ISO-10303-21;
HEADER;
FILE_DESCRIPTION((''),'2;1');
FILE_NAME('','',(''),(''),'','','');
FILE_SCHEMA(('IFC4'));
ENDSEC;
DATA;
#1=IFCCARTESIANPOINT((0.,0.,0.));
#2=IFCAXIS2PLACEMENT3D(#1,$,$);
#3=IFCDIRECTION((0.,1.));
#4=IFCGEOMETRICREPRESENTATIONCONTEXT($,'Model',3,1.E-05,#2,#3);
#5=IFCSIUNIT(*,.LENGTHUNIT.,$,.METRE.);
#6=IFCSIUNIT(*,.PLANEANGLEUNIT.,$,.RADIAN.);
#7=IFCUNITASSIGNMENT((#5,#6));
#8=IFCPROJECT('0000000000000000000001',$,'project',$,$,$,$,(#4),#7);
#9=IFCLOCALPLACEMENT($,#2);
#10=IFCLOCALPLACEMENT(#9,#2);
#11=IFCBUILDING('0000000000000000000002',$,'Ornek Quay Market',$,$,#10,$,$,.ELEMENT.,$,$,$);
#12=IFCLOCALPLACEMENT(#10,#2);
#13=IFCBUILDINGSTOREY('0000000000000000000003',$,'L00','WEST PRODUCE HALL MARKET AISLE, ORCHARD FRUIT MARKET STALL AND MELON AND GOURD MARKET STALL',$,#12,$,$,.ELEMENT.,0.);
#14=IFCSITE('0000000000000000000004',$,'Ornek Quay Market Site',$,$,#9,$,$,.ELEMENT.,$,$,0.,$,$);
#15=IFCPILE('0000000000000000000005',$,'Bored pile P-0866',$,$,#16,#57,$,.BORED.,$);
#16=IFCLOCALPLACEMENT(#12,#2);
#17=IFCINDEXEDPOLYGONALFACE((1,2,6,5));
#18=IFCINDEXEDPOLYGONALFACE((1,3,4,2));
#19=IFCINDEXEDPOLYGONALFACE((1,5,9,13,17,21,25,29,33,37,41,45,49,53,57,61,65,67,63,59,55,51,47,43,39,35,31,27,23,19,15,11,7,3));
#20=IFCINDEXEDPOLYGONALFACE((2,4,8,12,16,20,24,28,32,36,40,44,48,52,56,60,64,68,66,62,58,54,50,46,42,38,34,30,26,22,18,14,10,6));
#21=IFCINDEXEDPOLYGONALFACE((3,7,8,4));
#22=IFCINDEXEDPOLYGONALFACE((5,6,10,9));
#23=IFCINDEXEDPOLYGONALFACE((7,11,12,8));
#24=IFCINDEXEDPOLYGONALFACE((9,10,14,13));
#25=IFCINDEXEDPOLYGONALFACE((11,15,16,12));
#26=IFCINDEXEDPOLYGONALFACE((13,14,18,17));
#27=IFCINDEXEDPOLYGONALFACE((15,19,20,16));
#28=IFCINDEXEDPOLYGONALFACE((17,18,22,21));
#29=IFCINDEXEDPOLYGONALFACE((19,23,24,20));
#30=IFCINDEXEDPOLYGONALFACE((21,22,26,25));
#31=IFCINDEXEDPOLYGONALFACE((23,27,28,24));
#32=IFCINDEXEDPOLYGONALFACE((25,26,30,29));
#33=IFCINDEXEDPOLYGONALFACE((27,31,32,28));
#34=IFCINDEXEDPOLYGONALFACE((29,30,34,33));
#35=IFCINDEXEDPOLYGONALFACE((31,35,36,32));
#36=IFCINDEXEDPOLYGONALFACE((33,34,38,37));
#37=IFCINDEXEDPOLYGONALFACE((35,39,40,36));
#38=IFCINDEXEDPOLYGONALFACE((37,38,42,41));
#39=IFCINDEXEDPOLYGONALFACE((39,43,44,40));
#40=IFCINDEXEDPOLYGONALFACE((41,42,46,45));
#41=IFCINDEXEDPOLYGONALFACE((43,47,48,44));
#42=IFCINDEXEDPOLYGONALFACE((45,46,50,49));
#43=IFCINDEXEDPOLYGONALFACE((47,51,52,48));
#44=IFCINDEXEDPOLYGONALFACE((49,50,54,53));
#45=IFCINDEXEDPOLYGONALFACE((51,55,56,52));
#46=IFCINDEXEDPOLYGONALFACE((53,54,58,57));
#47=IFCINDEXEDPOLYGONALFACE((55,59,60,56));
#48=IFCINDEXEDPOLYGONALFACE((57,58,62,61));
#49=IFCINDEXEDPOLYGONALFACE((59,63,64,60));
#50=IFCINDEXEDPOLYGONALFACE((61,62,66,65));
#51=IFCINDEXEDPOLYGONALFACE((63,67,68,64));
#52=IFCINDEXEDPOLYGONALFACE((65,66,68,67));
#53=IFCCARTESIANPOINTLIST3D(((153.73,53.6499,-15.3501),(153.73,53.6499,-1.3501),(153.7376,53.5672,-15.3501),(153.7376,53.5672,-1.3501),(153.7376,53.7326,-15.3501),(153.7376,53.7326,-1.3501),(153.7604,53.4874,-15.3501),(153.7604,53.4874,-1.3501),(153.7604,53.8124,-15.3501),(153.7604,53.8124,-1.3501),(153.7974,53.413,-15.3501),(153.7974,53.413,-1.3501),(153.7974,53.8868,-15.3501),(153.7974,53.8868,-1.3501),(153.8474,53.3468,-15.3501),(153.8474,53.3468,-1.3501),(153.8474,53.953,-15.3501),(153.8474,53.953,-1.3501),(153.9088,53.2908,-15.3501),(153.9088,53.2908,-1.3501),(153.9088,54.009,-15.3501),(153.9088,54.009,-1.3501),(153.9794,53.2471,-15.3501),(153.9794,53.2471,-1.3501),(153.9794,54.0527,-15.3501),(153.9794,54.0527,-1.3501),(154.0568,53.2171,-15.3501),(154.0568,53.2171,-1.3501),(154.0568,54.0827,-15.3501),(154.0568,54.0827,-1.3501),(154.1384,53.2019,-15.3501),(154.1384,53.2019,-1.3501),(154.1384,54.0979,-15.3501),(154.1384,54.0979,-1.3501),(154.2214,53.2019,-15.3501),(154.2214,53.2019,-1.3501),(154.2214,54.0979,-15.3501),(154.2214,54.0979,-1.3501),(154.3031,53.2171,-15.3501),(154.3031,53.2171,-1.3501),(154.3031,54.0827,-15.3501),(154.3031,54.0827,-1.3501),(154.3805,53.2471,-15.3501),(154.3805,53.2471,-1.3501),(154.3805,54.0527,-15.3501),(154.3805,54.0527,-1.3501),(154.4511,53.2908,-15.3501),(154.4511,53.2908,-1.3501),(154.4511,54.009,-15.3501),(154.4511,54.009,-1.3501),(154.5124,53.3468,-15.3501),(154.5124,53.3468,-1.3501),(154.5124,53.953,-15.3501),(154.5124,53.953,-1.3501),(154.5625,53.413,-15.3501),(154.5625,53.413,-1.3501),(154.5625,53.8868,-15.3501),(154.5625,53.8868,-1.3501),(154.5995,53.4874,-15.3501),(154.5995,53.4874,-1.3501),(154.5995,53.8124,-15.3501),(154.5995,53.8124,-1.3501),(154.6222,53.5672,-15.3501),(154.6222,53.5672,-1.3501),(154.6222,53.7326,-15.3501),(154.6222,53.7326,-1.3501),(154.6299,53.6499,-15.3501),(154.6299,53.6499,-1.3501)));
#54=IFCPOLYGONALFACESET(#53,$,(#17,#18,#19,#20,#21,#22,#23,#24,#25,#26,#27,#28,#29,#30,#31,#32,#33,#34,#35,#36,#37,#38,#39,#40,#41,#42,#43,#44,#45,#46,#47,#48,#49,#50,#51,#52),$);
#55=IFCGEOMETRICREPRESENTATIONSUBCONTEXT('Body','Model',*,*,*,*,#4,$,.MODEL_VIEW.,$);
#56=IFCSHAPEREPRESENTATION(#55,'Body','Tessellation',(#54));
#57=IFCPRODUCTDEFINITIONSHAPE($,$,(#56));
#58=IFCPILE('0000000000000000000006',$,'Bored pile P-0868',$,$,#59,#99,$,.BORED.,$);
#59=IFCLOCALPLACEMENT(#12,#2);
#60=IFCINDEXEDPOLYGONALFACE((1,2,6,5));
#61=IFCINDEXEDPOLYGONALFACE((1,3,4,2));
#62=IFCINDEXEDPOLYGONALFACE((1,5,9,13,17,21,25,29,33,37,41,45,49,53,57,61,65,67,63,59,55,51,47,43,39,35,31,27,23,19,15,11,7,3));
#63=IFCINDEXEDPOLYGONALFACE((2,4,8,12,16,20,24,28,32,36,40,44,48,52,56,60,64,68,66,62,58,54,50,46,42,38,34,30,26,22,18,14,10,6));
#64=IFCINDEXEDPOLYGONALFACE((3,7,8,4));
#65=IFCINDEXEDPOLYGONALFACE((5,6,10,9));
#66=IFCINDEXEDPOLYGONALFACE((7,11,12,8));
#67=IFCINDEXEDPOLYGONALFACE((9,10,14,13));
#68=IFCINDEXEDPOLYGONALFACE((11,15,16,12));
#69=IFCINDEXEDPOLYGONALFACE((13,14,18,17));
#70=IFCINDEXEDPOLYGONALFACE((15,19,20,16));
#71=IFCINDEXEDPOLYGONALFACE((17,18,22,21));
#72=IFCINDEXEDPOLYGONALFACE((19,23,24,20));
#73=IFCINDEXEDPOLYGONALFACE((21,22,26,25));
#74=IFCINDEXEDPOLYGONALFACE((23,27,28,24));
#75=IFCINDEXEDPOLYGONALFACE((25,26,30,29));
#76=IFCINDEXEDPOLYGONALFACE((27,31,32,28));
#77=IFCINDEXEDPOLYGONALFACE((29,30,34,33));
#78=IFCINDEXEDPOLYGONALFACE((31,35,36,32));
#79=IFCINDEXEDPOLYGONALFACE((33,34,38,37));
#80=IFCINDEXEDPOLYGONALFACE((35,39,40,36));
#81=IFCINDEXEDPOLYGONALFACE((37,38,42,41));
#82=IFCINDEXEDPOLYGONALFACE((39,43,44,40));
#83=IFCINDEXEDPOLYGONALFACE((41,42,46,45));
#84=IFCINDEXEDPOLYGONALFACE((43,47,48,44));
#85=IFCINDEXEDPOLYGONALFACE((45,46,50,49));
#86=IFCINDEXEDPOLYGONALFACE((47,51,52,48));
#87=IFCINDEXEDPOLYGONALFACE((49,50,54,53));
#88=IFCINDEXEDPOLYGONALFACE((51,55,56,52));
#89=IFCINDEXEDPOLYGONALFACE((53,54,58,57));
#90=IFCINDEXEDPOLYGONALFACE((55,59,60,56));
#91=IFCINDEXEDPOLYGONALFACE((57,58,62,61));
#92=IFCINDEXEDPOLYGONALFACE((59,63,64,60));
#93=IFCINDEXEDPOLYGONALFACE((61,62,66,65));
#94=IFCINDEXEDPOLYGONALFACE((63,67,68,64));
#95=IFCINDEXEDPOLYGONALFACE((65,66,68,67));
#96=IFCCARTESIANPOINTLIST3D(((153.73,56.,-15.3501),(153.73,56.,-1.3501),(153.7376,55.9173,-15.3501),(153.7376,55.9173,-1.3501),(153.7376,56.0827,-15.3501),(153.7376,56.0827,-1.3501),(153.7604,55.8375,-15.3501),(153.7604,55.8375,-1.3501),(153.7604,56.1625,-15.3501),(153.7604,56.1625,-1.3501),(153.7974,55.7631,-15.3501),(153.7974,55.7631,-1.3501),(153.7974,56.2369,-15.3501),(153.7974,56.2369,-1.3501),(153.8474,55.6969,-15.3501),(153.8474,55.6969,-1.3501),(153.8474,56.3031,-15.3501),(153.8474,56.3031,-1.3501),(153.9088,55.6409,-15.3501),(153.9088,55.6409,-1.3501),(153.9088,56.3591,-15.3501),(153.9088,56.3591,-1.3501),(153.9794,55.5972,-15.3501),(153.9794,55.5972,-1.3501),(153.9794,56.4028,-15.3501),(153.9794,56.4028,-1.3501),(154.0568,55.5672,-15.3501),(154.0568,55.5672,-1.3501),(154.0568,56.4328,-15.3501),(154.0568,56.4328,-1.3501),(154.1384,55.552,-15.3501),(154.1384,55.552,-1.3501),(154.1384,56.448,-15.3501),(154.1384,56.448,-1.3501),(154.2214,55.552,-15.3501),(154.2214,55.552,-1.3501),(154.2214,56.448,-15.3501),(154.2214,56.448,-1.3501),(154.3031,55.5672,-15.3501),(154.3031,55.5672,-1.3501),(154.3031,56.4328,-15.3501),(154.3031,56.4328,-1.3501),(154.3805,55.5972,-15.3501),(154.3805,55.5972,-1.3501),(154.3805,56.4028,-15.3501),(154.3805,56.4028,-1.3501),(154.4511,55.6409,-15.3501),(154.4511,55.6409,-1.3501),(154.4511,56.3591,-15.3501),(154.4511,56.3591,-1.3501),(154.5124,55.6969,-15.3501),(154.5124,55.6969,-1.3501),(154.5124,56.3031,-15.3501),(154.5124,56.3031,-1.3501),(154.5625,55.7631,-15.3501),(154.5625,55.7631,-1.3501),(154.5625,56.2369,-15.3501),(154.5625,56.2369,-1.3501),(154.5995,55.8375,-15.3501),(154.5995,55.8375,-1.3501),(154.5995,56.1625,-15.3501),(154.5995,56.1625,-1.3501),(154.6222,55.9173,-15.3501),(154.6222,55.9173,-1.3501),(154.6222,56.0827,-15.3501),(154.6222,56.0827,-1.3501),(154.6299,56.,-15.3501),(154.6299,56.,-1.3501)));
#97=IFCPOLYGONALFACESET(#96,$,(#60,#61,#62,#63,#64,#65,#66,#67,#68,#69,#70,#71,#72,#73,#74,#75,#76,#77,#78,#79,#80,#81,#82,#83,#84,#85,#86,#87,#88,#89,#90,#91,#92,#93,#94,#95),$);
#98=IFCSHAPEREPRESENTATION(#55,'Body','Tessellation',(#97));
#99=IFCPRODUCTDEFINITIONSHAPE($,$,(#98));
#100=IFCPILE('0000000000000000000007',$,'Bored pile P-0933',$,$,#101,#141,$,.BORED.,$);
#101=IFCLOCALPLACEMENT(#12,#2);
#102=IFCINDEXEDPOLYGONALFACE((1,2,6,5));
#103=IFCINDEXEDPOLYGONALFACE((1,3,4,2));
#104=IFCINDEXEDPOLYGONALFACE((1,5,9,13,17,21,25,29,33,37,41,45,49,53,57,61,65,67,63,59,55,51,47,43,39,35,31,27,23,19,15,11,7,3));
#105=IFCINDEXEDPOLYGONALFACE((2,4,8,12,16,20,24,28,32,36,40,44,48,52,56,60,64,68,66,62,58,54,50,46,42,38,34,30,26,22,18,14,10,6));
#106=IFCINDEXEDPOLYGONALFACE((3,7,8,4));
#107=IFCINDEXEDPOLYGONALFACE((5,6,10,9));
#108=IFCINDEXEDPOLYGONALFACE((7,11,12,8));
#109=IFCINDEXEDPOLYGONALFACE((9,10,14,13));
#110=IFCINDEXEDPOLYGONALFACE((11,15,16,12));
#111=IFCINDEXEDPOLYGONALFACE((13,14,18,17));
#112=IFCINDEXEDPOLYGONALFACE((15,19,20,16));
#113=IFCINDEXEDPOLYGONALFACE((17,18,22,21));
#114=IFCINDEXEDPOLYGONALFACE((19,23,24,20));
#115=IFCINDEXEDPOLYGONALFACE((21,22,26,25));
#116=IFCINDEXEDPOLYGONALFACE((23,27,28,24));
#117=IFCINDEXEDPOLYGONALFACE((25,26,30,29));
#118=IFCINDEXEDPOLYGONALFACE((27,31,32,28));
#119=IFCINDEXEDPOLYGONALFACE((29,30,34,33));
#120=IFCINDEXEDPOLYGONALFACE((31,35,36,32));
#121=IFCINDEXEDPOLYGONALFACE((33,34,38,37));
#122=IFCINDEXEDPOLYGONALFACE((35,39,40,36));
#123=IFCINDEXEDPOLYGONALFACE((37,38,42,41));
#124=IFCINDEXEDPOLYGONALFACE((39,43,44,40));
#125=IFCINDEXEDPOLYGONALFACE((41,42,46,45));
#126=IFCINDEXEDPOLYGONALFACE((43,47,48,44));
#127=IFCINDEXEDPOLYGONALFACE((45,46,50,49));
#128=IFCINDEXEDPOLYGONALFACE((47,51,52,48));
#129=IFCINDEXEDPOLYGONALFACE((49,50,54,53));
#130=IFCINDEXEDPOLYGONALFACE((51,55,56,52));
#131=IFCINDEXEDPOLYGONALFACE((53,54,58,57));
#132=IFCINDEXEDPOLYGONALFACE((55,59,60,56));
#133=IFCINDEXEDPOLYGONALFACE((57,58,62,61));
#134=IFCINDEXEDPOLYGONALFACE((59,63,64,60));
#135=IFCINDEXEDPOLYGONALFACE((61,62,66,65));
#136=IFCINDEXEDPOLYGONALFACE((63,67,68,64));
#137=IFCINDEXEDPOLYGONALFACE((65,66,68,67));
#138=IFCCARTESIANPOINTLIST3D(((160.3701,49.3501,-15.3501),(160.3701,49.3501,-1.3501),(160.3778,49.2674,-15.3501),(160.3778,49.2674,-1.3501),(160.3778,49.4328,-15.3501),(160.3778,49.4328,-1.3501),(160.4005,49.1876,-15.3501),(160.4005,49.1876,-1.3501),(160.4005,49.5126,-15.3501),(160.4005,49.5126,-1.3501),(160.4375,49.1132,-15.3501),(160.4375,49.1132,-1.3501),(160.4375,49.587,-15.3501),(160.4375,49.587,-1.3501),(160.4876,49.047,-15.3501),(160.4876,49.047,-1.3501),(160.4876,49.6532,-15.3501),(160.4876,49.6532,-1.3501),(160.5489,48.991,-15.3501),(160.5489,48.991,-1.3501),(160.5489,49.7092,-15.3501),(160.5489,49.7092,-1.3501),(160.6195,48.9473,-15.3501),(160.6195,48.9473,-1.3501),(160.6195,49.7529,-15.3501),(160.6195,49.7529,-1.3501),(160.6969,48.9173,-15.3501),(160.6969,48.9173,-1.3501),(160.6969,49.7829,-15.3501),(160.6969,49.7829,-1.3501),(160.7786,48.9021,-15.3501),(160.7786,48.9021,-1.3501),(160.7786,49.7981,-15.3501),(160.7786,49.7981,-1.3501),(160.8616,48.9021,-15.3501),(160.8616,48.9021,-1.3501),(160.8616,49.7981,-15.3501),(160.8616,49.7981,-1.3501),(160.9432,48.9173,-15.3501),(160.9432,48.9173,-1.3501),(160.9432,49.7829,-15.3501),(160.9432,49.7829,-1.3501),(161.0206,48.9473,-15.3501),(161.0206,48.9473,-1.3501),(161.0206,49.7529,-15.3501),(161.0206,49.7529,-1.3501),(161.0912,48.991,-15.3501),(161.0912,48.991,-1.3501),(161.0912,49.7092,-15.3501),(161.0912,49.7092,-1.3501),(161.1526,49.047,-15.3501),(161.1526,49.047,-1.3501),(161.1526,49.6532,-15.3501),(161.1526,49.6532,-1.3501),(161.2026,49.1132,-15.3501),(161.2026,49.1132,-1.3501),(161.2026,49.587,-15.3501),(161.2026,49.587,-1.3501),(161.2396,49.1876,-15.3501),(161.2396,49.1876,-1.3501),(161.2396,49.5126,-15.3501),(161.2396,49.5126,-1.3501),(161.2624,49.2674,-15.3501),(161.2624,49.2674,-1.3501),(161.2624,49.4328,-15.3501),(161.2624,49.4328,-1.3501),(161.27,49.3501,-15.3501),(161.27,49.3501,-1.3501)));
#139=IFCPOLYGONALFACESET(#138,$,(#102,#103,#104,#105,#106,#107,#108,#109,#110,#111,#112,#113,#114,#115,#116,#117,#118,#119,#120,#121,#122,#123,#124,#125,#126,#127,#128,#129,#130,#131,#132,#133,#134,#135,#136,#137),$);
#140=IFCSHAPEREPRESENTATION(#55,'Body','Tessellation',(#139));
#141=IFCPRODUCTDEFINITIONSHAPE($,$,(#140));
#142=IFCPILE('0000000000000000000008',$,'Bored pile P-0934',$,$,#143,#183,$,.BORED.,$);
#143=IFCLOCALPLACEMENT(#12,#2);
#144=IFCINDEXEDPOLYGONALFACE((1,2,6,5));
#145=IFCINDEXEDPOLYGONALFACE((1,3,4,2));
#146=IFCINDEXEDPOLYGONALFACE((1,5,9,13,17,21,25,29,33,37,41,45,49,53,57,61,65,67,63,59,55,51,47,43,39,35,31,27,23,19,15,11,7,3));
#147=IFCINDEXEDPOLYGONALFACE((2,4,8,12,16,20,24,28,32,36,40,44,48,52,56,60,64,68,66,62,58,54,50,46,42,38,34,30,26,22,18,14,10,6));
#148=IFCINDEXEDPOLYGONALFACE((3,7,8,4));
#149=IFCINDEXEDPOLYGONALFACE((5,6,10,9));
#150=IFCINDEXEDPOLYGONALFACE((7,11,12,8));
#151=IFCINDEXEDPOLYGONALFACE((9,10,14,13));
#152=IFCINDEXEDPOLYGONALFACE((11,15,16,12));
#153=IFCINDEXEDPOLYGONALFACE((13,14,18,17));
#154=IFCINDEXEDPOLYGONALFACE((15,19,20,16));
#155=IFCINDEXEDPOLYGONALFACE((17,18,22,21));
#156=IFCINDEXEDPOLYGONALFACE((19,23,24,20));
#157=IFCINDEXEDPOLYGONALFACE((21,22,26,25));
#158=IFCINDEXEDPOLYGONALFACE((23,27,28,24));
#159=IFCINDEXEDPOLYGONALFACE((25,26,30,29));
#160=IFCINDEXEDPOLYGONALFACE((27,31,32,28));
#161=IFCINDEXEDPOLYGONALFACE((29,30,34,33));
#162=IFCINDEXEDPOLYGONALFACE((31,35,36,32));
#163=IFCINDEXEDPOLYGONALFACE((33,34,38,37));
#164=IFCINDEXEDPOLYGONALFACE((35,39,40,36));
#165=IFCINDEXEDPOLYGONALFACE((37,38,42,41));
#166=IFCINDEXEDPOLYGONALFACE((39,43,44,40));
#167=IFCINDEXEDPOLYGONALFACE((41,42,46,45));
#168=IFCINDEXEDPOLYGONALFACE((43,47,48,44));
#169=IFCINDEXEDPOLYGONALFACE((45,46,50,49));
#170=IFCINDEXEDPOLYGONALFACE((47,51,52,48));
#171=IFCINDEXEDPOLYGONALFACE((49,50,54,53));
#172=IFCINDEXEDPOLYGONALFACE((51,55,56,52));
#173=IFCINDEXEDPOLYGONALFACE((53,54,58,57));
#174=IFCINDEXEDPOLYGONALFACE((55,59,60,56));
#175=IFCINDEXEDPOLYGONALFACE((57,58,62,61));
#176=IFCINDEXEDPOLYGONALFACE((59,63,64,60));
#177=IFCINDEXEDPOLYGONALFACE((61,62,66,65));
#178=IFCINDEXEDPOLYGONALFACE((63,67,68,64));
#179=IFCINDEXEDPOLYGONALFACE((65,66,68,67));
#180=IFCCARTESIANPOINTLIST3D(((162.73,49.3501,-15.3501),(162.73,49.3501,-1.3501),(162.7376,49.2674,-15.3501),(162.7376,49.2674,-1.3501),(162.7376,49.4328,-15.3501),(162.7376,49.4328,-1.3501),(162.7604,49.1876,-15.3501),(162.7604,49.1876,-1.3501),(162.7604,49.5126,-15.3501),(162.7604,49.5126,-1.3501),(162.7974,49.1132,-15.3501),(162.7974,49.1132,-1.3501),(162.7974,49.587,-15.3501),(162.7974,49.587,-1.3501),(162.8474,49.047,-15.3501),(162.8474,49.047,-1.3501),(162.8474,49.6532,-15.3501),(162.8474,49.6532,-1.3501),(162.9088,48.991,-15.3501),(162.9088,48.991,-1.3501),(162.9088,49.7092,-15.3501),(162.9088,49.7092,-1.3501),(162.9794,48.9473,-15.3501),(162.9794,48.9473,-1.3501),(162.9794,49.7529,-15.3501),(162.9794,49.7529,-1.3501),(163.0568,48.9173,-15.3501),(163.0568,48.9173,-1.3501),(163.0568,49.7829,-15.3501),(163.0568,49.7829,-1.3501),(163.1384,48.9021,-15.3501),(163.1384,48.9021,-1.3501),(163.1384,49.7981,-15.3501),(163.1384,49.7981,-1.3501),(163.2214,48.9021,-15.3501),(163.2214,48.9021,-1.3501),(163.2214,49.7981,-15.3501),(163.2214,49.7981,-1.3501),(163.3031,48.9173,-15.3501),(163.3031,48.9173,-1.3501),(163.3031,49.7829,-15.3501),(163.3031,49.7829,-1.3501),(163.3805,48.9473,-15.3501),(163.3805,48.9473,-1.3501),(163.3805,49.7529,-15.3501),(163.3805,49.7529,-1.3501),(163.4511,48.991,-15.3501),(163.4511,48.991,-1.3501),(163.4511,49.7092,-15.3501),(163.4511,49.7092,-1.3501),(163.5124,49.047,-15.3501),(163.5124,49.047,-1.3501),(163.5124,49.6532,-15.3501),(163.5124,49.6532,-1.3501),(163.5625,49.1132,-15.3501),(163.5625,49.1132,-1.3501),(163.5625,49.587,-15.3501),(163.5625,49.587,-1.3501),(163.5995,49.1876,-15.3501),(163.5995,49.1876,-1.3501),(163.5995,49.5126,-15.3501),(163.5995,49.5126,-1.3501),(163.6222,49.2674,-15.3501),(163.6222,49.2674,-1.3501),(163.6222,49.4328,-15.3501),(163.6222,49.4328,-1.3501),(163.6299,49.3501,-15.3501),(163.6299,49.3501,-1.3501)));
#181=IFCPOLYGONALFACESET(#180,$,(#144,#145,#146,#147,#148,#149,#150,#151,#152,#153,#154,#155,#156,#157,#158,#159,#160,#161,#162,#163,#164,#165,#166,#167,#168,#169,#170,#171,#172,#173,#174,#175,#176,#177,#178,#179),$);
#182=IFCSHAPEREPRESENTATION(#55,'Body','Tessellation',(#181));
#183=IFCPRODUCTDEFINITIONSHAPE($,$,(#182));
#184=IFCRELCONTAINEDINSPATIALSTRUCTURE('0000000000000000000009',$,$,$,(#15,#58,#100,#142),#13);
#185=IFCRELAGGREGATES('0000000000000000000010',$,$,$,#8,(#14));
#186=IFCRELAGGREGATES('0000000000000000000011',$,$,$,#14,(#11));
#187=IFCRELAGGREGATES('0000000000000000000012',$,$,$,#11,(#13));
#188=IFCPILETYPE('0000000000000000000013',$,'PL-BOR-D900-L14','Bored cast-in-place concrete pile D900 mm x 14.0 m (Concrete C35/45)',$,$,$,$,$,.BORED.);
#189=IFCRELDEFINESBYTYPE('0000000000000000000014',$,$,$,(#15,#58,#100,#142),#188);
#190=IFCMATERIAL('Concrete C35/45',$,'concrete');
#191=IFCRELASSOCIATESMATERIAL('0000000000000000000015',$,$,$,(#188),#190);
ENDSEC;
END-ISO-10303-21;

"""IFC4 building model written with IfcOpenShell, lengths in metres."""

from ifc_helpers import new_model, si_unit, direction, frame, origin, origin_2d, place, context, subcontext, project, spatial, circle, extrude, material, material_profile, profile_set, type_object, element, save


model = new_model("IFC4")

# Units and contexts
model_context = context("Model", 3, precision=1e-05, world=origin(), true_north=direction((0.0, 1.0)))
body_context = subcontext(model_context, "Body", "Model", "MODEL_VIEW")
ifc_project = project(units=[si_unit("LENGTHUNIT", "METRE"), si_unit("PLANEANGLEUNIT", "RADIAN")], contexts=[model_context])

# Site, building, storey
site_placement = place(None, origin())
site = spatial("IfcSite", under=ifc_project, at=site_placement, Name="Ornek Quay Market Site", CompositionType="ELEMENT", RefElevation=0.0)
building_placement = place(site_placement, origin())
building = spatial("IfcBuilding", under=site, at=building_placement, Name="Ornek Quay Market", CompositionType="ELEMENT")
storey_placement = place(building_placement, origin())
storey = spatial("IfcBuildingStorey", under=building, at=storey_placement, Name="L00", Description="WEST PRODUCE HALL MARKET AISLE, ORCHARD FRUIT MARKET STALL AND MELON AND GOURD MARKET STALL", CompositionType="ELEMENT", Elevation=0.0)

# Piles
ifc_material_1 = material(Name="Concrete C35/45", Category="concrete")
ifc_material_profile_1 = material_profile(ifc_material_1, circle(Radius=0.45, at=origin_2d()), Name="PILE D900", Category="concrete")
ifc_profile_set_1 = profile_set([ifc_material_profile_1], Name="Concrete C35/45")
pile_type = type_object("IfcPileType", Name="PL-BOR-D900-L14", Description="Bored cast-in-place concrete pile D900 mm x 14.0 m (Concrete C35/45)", PredefinedType="BORED", material=ifc_profile_set_1)
for number, where, z_axis, x_axis, name in (
    (1, (154.1799, 53.6499, -1.3501), (0.0, 0.0, -1.0), (1.0, 0.0, 0.0), "Bored pile P-0866"),
    (2, (154.1799, 56.0, -1.3501), (0.0, 0.0, -1.0), (1.0, 0.0, 0.0), "Bored pile P-0868"),
    (3, (160.8201, 49.3501, -1.3501), (0.0, 0.0, -1.0), (1.0, 0.0, 0.0), "Bored pile P-0933"),
    (4, (163.1799, 49.3501, -1.3501), (0.0, 0.0, -1.0), (1.0, 0.0, 0.0), "Bored pile P-0934"),
):
    element("IfcPile", number, at=place(storey_placement, frame(where, z_axis=z_axis, x_axis=x_axis)), inside=storey, type_object=pile_type, Name=name, PredefinedType="BORED", context=body_context, shape_type="SweptSolid", body=[
        extrude(circle(Radius=0.45, at=origin_2d()), origin(), (0.0, 0.0, 1.0), 14.0),
    ])

save(model, "model.ifc")
